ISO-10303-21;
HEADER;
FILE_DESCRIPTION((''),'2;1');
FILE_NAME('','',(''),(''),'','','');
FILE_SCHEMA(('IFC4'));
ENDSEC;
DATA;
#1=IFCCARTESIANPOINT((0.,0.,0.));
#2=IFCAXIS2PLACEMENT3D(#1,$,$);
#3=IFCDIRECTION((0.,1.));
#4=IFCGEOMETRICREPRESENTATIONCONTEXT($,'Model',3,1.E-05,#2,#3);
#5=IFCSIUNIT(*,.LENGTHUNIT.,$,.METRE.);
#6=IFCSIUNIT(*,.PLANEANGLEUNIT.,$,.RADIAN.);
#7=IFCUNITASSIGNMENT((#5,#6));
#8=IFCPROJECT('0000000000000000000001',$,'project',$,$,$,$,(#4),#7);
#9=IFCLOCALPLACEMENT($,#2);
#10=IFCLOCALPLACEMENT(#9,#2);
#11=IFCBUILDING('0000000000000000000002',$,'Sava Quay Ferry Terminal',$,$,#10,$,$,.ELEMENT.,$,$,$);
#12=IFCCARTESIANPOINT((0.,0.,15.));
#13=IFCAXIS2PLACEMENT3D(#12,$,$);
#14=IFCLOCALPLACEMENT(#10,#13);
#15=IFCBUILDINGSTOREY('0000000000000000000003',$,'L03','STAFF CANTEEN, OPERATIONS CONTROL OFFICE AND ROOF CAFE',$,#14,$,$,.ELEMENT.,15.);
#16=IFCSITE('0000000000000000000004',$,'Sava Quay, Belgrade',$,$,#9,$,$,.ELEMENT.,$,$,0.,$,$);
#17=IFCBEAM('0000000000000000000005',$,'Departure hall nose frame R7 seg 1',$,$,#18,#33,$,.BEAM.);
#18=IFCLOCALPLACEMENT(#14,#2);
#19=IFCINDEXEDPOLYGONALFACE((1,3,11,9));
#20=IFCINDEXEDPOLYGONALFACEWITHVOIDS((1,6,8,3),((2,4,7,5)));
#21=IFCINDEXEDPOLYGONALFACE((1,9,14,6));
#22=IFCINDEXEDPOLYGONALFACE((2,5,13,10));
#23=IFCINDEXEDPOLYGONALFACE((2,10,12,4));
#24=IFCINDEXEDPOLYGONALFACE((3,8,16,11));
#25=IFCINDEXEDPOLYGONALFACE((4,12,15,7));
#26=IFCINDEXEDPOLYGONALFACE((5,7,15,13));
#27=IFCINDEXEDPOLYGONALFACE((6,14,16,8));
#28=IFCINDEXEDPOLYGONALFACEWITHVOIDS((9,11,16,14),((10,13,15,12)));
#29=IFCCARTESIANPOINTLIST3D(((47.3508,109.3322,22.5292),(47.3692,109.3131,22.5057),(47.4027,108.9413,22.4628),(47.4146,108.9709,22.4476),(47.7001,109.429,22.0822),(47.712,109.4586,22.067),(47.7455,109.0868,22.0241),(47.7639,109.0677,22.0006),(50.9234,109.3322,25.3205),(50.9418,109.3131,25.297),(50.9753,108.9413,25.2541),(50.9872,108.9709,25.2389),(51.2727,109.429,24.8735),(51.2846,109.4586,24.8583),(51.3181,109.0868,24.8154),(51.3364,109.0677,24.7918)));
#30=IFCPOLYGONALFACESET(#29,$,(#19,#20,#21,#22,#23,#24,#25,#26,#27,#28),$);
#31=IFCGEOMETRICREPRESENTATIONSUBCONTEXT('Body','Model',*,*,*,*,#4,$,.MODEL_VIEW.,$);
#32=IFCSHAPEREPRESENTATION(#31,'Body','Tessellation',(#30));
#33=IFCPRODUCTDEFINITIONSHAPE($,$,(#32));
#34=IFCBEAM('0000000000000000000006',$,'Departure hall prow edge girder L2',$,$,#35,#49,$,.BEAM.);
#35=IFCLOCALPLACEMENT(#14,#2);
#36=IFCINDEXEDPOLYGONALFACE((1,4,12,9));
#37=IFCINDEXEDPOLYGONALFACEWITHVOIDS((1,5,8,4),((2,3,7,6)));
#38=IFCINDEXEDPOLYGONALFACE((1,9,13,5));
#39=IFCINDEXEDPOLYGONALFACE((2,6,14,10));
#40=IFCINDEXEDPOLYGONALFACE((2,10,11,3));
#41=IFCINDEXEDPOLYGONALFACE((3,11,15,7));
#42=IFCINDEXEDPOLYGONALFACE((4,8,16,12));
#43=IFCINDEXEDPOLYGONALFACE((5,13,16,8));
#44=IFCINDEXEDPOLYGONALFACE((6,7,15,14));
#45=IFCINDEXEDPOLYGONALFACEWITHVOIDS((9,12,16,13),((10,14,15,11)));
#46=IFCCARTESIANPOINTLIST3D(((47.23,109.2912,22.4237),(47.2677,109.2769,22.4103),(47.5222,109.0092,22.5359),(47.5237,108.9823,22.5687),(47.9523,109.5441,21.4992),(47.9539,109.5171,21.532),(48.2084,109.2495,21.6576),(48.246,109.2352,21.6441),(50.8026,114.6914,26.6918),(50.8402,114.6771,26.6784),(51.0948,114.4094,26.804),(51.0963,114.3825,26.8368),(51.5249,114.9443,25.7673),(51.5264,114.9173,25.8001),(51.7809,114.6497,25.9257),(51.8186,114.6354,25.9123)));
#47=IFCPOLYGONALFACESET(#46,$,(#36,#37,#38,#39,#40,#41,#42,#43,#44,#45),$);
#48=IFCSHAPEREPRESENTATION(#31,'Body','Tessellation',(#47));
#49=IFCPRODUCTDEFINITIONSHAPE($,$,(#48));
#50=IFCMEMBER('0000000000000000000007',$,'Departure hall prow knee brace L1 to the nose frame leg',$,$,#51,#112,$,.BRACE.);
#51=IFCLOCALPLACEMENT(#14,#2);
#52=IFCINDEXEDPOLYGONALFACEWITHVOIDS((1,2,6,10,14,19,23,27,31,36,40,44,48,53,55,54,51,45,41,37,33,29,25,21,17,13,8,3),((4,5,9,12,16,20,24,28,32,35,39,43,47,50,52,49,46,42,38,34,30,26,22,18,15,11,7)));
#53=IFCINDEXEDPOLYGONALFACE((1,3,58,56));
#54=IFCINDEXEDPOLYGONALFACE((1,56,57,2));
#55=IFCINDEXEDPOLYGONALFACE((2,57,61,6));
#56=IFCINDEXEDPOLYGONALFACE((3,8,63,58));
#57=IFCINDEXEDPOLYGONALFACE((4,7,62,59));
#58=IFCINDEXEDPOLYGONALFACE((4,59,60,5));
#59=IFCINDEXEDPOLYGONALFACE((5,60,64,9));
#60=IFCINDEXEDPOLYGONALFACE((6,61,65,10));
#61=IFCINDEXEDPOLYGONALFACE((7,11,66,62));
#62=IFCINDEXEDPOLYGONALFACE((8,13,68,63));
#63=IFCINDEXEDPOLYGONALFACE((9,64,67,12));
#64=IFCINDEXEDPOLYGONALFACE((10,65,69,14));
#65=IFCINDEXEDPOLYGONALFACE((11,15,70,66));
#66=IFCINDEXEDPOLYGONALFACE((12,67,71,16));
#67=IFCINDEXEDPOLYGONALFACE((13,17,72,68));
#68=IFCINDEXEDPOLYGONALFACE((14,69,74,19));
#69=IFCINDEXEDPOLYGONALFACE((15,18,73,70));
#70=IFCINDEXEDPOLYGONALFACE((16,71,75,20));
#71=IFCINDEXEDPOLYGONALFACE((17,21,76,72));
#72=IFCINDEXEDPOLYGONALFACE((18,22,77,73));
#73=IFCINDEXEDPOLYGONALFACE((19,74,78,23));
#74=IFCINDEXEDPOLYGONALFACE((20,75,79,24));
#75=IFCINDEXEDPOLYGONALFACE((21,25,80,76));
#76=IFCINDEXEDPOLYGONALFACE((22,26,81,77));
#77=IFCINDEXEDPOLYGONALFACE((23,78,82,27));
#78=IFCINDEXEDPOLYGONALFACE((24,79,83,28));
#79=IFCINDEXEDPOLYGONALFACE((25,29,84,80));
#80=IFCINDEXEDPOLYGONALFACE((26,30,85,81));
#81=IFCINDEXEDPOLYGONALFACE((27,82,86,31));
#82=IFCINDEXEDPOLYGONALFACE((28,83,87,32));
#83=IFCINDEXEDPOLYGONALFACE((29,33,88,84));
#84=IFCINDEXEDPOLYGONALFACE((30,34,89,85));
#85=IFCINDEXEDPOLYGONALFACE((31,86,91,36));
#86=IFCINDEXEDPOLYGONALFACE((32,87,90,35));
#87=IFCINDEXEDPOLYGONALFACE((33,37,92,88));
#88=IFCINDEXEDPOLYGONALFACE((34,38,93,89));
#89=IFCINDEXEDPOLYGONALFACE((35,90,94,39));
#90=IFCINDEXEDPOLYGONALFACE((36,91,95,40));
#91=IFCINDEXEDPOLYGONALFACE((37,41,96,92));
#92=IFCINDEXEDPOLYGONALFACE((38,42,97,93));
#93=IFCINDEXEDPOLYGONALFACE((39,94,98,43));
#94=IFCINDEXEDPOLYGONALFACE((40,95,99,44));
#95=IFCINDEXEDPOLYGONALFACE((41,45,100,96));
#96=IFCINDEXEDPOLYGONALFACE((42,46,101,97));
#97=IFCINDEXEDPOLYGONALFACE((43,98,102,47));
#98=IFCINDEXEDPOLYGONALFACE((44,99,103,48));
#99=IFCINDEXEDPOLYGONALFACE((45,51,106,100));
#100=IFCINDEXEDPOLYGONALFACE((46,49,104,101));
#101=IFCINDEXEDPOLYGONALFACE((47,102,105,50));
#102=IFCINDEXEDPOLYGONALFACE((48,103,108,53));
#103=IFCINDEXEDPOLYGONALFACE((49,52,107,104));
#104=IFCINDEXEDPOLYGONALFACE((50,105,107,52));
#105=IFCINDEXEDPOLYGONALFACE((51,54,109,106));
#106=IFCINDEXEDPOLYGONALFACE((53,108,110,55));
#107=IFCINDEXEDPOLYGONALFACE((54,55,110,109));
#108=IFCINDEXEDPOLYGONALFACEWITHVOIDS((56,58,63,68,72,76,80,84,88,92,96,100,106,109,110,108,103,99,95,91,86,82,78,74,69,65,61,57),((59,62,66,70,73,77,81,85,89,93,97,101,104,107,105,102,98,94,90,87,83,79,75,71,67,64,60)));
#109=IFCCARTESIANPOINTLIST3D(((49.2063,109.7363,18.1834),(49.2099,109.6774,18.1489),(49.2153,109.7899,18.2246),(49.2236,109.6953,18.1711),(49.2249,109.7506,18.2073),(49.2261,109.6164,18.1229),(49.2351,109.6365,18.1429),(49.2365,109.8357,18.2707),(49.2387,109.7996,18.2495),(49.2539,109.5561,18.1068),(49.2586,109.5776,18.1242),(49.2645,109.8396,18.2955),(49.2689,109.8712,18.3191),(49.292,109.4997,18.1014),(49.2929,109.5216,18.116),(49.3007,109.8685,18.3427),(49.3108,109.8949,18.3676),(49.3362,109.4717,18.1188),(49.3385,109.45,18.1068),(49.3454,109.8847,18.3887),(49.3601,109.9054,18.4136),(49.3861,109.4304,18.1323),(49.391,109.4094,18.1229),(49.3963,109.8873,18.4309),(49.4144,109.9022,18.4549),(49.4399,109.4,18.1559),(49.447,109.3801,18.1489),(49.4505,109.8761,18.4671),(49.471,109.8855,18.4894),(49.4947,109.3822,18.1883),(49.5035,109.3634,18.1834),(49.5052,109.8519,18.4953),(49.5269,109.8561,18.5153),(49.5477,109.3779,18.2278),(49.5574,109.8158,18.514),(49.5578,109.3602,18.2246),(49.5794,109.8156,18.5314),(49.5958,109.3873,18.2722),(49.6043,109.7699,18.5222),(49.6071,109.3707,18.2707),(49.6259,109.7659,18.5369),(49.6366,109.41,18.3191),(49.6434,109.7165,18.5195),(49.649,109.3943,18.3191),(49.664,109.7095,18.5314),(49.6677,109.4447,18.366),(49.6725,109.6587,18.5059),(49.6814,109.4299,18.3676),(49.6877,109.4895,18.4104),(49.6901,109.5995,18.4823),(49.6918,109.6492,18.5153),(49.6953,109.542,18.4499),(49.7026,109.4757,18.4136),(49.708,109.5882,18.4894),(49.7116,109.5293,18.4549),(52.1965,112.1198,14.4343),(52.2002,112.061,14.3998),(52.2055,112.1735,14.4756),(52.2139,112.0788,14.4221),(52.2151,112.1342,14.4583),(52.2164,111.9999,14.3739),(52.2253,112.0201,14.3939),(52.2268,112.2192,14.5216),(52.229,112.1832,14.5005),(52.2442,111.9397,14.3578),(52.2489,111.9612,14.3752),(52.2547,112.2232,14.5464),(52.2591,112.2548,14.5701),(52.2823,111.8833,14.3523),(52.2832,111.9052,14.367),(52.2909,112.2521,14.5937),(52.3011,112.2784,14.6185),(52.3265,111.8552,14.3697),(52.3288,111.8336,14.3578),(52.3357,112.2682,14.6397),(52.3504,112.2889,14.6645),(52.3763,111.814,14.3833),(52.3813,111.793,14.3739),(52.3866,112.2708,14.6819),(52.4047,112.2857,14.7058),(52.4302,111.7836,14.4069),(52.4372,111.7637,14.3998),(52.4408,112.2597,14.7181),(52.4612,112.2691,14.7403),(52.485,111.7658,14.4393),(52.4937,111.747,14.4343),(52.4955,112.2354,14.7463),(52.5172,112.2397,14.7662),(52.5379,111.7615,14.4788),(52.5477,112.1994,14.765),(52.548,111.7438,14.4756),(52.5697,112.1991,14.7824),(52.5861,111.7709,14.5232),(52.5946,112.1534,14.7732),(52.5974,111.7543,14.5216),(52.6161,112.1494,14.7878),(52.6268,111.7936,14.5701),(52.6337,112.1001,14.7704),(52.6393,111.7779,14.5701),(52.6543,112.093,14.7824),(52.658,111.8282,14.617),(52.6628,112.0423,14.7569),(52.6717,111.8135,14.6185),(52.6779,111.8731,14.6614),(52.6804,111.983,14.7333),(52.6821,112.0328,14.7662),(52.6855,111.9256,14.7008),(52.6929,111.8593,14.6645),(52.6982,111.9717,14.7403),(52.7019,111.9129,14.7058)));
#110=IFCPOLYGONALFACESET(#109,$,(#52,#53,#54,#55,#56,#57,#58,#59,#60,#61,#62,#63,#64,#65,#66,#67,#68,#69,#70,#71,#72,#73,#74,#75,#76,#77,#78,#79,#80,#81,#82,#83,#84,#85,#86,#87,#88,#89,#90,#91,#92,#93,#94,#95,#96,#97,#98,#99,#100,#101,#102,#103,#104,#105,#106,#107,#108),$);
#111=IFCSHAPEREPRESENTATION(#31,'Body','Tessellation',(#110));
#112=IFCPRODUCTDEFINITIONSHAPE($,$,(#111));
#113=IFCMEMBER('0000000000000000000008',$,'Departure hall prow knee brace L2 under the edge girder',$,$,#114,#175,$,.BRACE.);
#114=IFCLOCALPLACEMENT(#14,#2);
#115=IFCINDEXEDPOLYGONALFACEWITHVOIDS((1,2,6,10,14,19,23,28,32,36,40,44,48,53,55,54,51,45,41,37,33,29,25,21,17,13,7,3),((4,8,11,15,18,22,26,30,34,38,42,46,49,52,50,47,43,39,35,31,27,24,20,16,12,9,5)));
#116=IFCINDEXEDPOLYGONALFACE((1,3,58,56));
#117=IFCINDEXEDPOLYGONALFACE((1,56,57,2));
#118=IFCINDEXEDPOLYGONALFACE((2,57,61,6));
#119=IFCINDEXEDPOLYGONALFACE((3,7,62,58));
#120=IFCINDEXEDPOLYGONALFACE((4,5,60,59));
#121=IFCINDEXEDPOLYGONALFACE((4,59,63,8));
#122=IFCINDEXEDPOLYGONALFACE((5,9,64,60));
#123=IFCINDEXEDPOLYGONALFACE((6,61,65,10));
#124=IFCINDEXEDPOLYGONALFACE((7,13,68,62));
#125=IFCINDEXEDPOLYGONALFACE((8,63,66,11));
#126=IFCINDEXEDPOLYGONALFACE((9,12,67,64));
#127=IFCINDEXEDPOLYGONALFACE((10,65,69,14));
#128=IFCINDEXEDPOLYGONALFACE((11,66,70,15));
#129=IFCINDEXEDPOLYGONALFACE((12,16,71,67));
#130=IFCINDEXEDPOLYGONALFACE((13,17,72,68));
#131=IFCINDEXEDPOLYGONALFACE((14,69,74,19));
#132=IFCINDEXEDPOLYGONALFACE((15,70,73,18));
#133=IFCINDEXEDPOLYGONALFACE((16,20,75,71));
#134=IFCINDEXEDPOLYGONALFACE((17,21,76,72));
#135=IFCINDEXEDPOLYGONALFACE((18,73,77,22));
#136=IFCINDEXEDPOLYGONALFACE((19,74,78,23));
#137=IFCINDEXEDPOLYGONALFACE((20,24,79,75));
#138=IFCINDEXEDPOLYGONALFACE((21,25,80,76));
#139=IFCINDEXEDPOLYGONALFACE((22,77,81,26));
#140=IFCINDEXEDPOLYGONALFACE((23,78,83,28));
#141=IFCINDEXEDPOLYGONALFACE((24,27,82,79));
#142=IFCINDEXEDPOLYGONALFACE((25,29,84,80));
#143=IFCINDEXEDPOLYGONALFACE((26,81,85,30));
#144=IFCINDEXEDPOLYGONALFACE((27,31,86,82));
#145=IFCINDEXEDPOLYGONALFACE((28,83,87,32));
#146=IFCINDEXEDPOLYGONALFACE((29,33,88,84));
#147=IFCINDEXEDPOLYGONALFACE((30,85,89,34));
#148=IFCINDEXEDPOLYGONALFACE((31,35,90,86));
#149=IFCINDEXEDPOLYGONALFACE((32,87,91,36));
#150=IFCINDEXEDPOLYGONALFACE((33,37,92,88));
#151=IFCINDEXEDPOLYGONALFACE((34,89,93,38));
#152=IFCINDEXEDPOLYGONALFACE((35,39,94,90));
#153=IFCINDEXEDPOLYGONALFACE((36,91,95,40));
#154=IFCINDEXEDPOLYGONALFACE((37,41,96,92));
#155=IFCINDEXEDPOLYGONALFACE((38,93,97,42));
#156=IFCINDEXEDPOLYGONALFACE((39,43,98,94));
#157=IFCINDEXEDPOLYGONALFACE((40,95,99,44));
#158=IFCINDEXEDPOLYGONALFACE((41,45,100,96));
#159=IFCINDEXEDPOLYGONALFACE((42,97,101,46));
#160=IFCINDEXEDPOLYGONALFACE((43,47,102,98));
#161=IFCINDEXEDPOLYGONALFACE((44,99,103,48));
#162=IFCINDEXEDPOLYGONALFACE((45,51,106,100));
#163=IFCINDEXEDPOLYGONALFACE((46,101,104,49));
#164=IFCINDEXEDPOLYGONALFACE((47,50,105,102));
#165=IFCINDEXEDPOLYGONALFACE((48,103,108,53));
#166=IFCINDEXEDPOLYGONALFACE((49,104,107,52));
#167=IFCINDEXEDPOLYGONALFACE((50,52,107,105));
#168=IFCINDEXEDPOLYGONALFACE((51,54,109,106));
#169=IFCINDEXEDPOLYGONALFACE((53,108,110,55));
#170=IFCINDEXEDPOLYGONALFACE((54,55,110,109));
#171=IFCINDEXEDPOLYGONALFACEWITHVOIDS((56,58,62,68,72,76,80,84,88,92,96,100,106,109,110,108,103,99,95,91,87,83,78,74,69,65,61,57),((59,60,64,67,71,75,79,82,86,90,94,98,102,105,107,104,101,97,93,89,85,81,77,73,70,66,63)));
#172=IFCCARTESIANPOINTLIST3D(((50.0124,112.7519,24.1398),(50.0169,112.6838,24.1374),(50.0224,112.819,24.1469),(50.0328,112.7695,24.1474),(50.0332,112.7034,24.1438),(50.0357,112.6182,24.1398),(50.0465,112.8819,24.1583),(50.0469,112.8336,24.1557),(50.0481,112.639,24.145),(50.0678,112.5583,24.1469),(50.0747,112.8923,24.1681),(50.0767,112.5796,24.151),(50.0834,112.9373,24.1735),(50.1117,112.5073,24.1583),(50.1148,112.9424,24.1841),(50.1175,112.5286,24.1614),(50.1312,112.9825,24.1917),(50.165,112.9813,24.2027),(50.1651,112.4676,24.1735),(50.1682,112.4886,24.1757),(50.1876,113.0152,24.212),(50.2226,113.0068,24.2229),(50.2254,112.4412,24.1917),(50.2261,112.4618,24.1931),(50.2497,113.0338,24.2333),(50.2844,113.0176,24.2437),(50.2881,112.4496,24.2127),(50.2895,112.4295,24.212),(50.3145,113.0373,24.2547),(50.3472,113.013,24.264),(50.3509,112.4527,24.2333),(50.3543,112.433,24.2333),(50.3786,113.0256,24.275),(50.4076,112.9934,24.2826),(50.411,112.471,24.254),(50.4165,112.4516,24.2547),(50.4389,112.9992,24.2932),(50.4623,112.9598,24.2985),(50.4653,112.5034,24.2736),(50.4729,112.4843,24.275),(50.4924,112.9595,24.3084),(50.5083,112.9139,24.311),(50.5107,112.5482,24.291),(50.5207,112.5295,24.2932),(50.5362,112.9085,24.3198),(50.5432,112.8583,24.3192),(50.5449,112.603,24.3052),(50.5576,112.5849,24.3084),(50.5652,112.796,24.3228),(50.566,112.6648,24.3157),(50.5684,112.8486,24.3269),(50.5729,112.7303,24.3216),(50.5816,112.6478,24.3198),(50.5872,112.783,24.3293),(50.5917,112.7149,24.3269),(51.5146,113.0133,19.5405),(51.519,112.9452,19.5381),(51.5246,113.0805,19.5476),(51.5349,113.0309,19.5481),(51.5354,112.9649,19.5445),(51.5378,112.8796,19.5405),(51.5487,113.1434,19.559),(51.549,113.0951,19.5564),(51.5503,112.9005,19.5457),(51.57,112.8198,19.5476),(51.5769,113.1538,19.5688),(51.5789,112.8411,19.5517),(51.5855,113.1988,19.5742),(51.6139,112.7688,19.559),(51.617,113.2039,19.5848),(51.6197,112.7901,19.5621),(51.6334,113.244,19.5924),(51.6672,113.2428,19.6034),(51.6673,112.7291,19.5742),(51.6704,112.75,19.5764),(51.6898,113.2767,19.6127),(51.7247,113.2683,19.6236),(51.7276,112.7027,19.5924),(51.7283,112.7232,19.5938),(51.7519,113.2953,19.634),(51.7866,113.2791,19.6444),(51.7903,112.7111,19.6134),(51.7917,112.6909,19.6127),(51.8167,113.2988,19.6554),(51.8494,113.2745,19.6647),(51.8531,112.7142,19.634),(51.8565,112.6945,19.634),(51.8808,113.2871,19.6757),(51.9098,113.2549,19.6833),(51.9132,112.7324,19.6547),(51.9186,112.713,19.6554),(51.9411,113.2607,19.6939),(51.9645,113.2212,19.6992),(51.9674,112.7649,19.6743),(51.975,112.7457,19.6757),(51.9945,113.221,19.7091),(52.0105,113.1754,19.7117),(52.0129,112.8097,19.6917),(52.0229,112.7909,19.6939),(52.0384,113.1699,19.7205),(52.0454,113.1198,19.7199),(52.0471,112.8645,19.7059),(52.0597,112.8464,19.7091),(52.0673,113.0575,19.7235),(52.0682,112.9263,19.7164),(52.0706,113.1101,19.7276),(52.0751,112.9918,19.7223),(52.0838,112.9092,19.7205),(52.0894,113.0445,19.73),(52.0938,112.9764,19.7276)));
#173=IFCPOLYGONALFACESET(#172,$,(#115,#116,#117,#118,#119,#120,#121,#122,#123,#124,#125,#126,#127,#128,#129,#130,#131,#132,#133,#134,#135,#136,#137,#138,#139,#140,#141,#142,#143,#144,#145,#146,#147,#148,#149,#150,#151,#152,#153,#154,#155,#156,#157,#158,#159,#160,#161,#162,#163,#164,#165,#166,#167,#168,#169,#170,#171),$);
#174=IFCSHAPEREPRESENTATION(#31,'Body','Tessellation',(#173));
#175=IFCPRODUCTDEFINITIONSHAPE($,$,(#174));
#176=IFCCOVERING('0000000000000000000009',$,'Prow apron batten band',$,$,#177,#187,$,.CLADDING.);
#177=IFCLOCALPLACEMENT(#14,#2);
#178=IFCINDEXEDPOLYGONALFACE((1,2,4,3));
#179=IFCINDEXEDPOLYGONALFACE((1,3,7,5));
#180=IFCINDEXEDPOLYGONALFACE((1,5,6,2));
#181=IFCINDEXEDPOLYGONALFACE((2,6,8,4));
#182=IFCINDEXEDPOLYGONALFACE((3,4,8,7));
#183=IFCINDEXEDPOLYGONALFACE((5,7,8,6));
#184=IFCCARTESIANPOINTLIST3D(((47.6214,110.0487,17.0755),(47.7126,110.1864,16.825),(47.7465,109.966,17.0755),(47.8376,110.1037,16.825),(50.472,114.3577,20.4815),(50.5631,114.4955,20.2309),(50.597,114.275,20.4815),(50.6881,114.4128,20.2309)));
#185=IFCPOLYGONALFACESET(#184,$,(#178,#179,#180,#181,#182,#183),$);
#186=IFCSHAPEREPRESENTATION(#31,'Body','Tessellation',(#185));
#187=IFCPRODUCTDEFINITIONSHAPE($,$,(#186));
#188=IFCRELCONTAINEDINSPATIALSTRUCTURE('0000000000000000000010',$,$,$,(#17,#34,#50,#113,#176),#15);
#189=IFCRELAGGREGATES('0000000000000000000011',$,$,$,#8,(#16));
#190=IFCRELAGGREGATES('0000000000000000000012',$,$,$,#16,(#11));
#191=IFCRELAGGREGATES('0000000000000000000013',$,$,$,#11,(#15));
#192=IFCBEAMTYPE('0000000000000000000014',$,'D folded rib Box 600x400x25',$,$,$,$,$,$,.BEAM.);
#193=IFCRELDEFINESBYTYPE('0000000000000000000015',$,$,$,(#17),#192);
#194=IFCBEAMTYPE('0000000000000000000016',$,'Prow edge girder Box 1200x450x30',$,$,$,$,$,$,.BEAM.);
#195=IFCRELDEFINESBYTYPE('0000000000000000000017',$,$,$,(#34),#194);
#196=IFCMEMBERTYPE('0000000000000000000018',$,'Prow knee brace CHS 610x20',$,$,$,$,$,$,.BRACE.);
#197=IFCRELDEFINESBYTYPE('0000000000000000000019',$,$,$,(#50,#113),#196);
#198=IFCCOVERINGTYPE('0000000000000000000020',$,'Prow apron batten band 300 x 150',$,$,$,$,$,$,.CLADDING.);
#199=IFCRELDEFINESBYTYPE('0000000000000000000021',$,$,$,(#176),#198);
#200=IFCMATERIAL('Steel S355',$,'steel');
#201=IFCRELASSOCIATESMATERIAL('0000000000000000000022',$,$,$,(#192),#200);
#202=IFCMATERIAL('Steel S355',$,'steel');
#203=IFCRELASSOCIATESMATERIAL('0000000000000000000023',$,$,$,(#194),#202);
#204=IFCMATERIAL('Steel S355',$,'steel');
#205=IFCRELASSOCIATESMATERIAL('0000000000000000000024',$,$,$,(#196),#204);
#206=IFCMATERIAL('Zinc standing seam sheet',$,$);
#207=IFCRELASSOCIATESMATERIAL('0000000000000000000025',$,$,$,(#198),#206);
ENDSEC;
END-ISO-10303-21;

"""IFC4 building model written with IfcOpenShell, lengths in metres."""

from ifc_helpers import new_model, si_unit, direction, frame, origin, origin_2d, place, context, subcontext, project, spatial, polyline, rectangle, hollow_circle, outline, extrude, material, material_profile, profile_set, type_object, element, save


model = new_model("IFC4")

# Units and contexts
model_context = context("Model", 3, precision=1e-05, world=origin(), true_north=direction((0.0, 1.0)))
body_context = subcontext(model_context, "Body", "Model", "MODEL_VIEW")
ifc_project = project(units=[si_unit("LENGTHUNIT", "METRE"), si_unit("PLANEANGLEUNIT", "RADIAN")], contexts=[model_context])

# Site, building, storey
site_placement = place(None, origin())
site = spatial("IfcSite", under=ifc_project, at=site_placement, Name="Sava Quay, Belgrade", CompositionType="ELEMENT", RefElevation=0.0)
building_placement = place(site_placement, origin())
building = spatial("IfcBuilding", under=site, at=building_placement, Name="Sava Quay Ferry Terminal", CompositionType="ELEMENT")
storey_placement = place(building_placement, frame((0.0, 0.0, 15.0)))
storey = spatial("IfcBuildingStorey", under=building, at=storey_placement, Name="L03", Description="STAFF CANTEEN, OPERATIONS CONTROL OFFICE AND ROOF CAFE", CompositionType="ELEMENT", Elevation=15.0)

# Beams
ifc_material_1 = material(Name="Steel S355", Category="steel")
ifc_material_profile_1 = material_profile(ifc_material_1, outline(polyline([(-0.2, -0.3), (0.2, -0.3), (0.2, 0.3), (-0.2, 0.3), (-0.2, -0.3)]), holes=[polyline([(-0.175, -0.2749), (-0.175, 0.2749), (0.175, 0.2749), (0.175, -0.2749), (-0.175, -0.2749)])]), Name="Box 600x400x25 built-up")
ifc_profile_set_1 = profile_set([ifc_material_profile_1], Name="Steel S355")
beam_type_1 = type_object("IfcBeamType", Name="D folded rib Box 600x400x25", PredefinedType="BEAM", material=ifc_profile_set_1)
beam_1_placement = place(storey_placement, frame((47.5574, 109.2, 22.2649), z_axis=(0.787999, 0.0, 0.615676), x_axis=(-0.129733, 0.977547, 0.166044)))
element("IfcBeam", 1, at=beam_1_placement, inside=storey, type_object=beam_type_1, Name="Departure hall nose frame R7 seg 1", PredefinedType="BEAM", context=body_context, shape_type="SweptSolid", body=[
    extrude(outline(polyline([(-0.2, -0.3), (0.2, -0.3), (0.2, 0.3), (-0.2, 0.3), (-0.2, -0.3)]), holes=[polyline([(-0.175, -0.2749), (-0.175, 0.2749), (0.175, 0.2749), (0.175, -0.2749), (-0.175, -0.2749)])]), origin(), (0.0, 0.0, 1.0), 4.5337),
])
ifc_material_2 = material(Name="Steel S355", Category="steel")
ifc_material_profile_2 = material_profile(ifc_material_2, outline(polyline([(-0.2251, -0.6001), (0.2251, -0.6001), (0.2251, 0.6001), (-0.2251, 0.6001), (-0.2251, -0.6001)]), holes=[polyline([(-0.1951, -0.5701), (-0.1951, 0.5701), (0.1951, 0.5701), (0.1951, -0.5701), (-0.1951, -0.5701)])]), Name="Box 1200x450x30 built-up")
ifc_profile_set_2 = profile_set([ifc_material_profile_2], Name="Steel S355")
beam_type_2 = type_object("IfcBeamType", Name="Prow edge girder Box 1200x450x30", PredefinedType="BEAM", material=ifc_profile_set_2)
beam_2_placement = place(storey_placement, frame((47.738, 109.2632, 22.0339), z_axis=(0.460669, 0.696339, 0.55036), x_axis=(-0.652372, 0.686089, -0.322013)))
element("IfcBeam", 2, at=beam_2_placement, inside=storey, type_object=beam_type_2, Name="Departure hall prow edge girder L2", PredefinedType="BEAM", context=body_context, shape_type="SweptSolid", body=[
    extrude(outline(polyline([(-0.2251, -0.6001), (0.2251, -0.6001), (0.2251, 0.6001), (-0.2251, 0.6001), (-0.2251, -0.6001)]), holes=[polyline([(-0.1951, -0.5701), (-0.1951, 0.5701), (0.1951, 0.5701), (0.1951, -0.5701), (-0.1951, -0.5701)])]), origin(), (0.0, 0.0, 1.0), 7.7551),
])

# Members
ifc_material_3 = material(Name="Steel S355", Category="steel")
ifc_material_profile_3 = material_profile(ifc_material_3, hollow_circle(Radius=0.3049, WallThickness=0.02, at=origin_2d()), Name="CHS 610 x 20.0")
ifc_profile_set_3 = profile_set([ifc_material_profile_3], Name="Steel S355")
member_type = type_object("IfcMemberType", Name="Prow knee brace CHS 610x20", PredefinedType="BRACE", material=ifc_profile_set_3)
member_1_placement = place(storey_placement, frame((52.4492, 112.0164, 14.5701), z_axis=(-0.558382, -0.445091, 0.700074), x_axis=(0.623316, -0.78197, 0.0)))
element("IfcMember", 3, at=member_1_placement, inside=storey, type_object=member_type, Name="Departure hall prow knee brace L1 to the nose frame leg", PredefinedType="BRACE", context=body_context, shape_type="SweptSolid", body=[
    extrude(hollow_circle(Radius=0.3049, WallThickness=0.02, at=origin_2d()), origin(), (0.0, 0.0, 1.0), 5.3552),
])
member_2_placement = place(storey_placement, frame((51.8042, 112.9949, 19.634), z_axis=(-0.310017, -0.053962, 0.949198), x_axis=(0.171483, -0.985187, 0.0)))
element("IfcMember", 4, at=member_2_placement, inside=storey, type_object=member_type, Name="Departure hall prow knee brace L2 under the edge girder", PredefinedType="BRACE", context=body_context, shape_type="SweptSolid", body=[
    extrude(hollow_circle(Radius=0.3049, WallThickness=0.02, at=origin_2d()), origin(), (0.0, 0.0, 1.0), 4.8455),
])

# Covering
ifc_material_4 = material(Name="Zinc standing seam sheet")
ifc_material_profile_4 = material_profile(ifc_material_4, rectangle(XDim=0.3, YDim=0.1499, at=origin_2d()), Name="Strip 300 x 150")
ifc_profile_set_4 = profile_set([ifc_material_profile_4], Name="Zinc standing seam sheet")
covering_type_1 = type_object("IfcCoveringType", Name="Prow apron batten band 300 x 150", PredefinedType="CLADDING", material=ifc_profile_set_4)
covering_1_placement = place(storey_placement, frame((50.5801, 114.3853, 20.3562), z_axis=(-0.460642, -0.696329, -0.550396), x_axis=(-0.30367, -0.459042, 0.834904)))
element("IfcCovering", 5, at=covering_1_placement, inside=storey, type_object=covering_type_1, Name="Prow apron batten band", PredefinedType="CLADDING", context=body_context, shape_type="SweptSolid", body=[
    extrude(rectangle(XDim=0.3, YDim=0.1499, at=origin_2d()), origin(), (0.0, 0.0, 1.0), 6.1882),
])

save(model, "model.ifc")
